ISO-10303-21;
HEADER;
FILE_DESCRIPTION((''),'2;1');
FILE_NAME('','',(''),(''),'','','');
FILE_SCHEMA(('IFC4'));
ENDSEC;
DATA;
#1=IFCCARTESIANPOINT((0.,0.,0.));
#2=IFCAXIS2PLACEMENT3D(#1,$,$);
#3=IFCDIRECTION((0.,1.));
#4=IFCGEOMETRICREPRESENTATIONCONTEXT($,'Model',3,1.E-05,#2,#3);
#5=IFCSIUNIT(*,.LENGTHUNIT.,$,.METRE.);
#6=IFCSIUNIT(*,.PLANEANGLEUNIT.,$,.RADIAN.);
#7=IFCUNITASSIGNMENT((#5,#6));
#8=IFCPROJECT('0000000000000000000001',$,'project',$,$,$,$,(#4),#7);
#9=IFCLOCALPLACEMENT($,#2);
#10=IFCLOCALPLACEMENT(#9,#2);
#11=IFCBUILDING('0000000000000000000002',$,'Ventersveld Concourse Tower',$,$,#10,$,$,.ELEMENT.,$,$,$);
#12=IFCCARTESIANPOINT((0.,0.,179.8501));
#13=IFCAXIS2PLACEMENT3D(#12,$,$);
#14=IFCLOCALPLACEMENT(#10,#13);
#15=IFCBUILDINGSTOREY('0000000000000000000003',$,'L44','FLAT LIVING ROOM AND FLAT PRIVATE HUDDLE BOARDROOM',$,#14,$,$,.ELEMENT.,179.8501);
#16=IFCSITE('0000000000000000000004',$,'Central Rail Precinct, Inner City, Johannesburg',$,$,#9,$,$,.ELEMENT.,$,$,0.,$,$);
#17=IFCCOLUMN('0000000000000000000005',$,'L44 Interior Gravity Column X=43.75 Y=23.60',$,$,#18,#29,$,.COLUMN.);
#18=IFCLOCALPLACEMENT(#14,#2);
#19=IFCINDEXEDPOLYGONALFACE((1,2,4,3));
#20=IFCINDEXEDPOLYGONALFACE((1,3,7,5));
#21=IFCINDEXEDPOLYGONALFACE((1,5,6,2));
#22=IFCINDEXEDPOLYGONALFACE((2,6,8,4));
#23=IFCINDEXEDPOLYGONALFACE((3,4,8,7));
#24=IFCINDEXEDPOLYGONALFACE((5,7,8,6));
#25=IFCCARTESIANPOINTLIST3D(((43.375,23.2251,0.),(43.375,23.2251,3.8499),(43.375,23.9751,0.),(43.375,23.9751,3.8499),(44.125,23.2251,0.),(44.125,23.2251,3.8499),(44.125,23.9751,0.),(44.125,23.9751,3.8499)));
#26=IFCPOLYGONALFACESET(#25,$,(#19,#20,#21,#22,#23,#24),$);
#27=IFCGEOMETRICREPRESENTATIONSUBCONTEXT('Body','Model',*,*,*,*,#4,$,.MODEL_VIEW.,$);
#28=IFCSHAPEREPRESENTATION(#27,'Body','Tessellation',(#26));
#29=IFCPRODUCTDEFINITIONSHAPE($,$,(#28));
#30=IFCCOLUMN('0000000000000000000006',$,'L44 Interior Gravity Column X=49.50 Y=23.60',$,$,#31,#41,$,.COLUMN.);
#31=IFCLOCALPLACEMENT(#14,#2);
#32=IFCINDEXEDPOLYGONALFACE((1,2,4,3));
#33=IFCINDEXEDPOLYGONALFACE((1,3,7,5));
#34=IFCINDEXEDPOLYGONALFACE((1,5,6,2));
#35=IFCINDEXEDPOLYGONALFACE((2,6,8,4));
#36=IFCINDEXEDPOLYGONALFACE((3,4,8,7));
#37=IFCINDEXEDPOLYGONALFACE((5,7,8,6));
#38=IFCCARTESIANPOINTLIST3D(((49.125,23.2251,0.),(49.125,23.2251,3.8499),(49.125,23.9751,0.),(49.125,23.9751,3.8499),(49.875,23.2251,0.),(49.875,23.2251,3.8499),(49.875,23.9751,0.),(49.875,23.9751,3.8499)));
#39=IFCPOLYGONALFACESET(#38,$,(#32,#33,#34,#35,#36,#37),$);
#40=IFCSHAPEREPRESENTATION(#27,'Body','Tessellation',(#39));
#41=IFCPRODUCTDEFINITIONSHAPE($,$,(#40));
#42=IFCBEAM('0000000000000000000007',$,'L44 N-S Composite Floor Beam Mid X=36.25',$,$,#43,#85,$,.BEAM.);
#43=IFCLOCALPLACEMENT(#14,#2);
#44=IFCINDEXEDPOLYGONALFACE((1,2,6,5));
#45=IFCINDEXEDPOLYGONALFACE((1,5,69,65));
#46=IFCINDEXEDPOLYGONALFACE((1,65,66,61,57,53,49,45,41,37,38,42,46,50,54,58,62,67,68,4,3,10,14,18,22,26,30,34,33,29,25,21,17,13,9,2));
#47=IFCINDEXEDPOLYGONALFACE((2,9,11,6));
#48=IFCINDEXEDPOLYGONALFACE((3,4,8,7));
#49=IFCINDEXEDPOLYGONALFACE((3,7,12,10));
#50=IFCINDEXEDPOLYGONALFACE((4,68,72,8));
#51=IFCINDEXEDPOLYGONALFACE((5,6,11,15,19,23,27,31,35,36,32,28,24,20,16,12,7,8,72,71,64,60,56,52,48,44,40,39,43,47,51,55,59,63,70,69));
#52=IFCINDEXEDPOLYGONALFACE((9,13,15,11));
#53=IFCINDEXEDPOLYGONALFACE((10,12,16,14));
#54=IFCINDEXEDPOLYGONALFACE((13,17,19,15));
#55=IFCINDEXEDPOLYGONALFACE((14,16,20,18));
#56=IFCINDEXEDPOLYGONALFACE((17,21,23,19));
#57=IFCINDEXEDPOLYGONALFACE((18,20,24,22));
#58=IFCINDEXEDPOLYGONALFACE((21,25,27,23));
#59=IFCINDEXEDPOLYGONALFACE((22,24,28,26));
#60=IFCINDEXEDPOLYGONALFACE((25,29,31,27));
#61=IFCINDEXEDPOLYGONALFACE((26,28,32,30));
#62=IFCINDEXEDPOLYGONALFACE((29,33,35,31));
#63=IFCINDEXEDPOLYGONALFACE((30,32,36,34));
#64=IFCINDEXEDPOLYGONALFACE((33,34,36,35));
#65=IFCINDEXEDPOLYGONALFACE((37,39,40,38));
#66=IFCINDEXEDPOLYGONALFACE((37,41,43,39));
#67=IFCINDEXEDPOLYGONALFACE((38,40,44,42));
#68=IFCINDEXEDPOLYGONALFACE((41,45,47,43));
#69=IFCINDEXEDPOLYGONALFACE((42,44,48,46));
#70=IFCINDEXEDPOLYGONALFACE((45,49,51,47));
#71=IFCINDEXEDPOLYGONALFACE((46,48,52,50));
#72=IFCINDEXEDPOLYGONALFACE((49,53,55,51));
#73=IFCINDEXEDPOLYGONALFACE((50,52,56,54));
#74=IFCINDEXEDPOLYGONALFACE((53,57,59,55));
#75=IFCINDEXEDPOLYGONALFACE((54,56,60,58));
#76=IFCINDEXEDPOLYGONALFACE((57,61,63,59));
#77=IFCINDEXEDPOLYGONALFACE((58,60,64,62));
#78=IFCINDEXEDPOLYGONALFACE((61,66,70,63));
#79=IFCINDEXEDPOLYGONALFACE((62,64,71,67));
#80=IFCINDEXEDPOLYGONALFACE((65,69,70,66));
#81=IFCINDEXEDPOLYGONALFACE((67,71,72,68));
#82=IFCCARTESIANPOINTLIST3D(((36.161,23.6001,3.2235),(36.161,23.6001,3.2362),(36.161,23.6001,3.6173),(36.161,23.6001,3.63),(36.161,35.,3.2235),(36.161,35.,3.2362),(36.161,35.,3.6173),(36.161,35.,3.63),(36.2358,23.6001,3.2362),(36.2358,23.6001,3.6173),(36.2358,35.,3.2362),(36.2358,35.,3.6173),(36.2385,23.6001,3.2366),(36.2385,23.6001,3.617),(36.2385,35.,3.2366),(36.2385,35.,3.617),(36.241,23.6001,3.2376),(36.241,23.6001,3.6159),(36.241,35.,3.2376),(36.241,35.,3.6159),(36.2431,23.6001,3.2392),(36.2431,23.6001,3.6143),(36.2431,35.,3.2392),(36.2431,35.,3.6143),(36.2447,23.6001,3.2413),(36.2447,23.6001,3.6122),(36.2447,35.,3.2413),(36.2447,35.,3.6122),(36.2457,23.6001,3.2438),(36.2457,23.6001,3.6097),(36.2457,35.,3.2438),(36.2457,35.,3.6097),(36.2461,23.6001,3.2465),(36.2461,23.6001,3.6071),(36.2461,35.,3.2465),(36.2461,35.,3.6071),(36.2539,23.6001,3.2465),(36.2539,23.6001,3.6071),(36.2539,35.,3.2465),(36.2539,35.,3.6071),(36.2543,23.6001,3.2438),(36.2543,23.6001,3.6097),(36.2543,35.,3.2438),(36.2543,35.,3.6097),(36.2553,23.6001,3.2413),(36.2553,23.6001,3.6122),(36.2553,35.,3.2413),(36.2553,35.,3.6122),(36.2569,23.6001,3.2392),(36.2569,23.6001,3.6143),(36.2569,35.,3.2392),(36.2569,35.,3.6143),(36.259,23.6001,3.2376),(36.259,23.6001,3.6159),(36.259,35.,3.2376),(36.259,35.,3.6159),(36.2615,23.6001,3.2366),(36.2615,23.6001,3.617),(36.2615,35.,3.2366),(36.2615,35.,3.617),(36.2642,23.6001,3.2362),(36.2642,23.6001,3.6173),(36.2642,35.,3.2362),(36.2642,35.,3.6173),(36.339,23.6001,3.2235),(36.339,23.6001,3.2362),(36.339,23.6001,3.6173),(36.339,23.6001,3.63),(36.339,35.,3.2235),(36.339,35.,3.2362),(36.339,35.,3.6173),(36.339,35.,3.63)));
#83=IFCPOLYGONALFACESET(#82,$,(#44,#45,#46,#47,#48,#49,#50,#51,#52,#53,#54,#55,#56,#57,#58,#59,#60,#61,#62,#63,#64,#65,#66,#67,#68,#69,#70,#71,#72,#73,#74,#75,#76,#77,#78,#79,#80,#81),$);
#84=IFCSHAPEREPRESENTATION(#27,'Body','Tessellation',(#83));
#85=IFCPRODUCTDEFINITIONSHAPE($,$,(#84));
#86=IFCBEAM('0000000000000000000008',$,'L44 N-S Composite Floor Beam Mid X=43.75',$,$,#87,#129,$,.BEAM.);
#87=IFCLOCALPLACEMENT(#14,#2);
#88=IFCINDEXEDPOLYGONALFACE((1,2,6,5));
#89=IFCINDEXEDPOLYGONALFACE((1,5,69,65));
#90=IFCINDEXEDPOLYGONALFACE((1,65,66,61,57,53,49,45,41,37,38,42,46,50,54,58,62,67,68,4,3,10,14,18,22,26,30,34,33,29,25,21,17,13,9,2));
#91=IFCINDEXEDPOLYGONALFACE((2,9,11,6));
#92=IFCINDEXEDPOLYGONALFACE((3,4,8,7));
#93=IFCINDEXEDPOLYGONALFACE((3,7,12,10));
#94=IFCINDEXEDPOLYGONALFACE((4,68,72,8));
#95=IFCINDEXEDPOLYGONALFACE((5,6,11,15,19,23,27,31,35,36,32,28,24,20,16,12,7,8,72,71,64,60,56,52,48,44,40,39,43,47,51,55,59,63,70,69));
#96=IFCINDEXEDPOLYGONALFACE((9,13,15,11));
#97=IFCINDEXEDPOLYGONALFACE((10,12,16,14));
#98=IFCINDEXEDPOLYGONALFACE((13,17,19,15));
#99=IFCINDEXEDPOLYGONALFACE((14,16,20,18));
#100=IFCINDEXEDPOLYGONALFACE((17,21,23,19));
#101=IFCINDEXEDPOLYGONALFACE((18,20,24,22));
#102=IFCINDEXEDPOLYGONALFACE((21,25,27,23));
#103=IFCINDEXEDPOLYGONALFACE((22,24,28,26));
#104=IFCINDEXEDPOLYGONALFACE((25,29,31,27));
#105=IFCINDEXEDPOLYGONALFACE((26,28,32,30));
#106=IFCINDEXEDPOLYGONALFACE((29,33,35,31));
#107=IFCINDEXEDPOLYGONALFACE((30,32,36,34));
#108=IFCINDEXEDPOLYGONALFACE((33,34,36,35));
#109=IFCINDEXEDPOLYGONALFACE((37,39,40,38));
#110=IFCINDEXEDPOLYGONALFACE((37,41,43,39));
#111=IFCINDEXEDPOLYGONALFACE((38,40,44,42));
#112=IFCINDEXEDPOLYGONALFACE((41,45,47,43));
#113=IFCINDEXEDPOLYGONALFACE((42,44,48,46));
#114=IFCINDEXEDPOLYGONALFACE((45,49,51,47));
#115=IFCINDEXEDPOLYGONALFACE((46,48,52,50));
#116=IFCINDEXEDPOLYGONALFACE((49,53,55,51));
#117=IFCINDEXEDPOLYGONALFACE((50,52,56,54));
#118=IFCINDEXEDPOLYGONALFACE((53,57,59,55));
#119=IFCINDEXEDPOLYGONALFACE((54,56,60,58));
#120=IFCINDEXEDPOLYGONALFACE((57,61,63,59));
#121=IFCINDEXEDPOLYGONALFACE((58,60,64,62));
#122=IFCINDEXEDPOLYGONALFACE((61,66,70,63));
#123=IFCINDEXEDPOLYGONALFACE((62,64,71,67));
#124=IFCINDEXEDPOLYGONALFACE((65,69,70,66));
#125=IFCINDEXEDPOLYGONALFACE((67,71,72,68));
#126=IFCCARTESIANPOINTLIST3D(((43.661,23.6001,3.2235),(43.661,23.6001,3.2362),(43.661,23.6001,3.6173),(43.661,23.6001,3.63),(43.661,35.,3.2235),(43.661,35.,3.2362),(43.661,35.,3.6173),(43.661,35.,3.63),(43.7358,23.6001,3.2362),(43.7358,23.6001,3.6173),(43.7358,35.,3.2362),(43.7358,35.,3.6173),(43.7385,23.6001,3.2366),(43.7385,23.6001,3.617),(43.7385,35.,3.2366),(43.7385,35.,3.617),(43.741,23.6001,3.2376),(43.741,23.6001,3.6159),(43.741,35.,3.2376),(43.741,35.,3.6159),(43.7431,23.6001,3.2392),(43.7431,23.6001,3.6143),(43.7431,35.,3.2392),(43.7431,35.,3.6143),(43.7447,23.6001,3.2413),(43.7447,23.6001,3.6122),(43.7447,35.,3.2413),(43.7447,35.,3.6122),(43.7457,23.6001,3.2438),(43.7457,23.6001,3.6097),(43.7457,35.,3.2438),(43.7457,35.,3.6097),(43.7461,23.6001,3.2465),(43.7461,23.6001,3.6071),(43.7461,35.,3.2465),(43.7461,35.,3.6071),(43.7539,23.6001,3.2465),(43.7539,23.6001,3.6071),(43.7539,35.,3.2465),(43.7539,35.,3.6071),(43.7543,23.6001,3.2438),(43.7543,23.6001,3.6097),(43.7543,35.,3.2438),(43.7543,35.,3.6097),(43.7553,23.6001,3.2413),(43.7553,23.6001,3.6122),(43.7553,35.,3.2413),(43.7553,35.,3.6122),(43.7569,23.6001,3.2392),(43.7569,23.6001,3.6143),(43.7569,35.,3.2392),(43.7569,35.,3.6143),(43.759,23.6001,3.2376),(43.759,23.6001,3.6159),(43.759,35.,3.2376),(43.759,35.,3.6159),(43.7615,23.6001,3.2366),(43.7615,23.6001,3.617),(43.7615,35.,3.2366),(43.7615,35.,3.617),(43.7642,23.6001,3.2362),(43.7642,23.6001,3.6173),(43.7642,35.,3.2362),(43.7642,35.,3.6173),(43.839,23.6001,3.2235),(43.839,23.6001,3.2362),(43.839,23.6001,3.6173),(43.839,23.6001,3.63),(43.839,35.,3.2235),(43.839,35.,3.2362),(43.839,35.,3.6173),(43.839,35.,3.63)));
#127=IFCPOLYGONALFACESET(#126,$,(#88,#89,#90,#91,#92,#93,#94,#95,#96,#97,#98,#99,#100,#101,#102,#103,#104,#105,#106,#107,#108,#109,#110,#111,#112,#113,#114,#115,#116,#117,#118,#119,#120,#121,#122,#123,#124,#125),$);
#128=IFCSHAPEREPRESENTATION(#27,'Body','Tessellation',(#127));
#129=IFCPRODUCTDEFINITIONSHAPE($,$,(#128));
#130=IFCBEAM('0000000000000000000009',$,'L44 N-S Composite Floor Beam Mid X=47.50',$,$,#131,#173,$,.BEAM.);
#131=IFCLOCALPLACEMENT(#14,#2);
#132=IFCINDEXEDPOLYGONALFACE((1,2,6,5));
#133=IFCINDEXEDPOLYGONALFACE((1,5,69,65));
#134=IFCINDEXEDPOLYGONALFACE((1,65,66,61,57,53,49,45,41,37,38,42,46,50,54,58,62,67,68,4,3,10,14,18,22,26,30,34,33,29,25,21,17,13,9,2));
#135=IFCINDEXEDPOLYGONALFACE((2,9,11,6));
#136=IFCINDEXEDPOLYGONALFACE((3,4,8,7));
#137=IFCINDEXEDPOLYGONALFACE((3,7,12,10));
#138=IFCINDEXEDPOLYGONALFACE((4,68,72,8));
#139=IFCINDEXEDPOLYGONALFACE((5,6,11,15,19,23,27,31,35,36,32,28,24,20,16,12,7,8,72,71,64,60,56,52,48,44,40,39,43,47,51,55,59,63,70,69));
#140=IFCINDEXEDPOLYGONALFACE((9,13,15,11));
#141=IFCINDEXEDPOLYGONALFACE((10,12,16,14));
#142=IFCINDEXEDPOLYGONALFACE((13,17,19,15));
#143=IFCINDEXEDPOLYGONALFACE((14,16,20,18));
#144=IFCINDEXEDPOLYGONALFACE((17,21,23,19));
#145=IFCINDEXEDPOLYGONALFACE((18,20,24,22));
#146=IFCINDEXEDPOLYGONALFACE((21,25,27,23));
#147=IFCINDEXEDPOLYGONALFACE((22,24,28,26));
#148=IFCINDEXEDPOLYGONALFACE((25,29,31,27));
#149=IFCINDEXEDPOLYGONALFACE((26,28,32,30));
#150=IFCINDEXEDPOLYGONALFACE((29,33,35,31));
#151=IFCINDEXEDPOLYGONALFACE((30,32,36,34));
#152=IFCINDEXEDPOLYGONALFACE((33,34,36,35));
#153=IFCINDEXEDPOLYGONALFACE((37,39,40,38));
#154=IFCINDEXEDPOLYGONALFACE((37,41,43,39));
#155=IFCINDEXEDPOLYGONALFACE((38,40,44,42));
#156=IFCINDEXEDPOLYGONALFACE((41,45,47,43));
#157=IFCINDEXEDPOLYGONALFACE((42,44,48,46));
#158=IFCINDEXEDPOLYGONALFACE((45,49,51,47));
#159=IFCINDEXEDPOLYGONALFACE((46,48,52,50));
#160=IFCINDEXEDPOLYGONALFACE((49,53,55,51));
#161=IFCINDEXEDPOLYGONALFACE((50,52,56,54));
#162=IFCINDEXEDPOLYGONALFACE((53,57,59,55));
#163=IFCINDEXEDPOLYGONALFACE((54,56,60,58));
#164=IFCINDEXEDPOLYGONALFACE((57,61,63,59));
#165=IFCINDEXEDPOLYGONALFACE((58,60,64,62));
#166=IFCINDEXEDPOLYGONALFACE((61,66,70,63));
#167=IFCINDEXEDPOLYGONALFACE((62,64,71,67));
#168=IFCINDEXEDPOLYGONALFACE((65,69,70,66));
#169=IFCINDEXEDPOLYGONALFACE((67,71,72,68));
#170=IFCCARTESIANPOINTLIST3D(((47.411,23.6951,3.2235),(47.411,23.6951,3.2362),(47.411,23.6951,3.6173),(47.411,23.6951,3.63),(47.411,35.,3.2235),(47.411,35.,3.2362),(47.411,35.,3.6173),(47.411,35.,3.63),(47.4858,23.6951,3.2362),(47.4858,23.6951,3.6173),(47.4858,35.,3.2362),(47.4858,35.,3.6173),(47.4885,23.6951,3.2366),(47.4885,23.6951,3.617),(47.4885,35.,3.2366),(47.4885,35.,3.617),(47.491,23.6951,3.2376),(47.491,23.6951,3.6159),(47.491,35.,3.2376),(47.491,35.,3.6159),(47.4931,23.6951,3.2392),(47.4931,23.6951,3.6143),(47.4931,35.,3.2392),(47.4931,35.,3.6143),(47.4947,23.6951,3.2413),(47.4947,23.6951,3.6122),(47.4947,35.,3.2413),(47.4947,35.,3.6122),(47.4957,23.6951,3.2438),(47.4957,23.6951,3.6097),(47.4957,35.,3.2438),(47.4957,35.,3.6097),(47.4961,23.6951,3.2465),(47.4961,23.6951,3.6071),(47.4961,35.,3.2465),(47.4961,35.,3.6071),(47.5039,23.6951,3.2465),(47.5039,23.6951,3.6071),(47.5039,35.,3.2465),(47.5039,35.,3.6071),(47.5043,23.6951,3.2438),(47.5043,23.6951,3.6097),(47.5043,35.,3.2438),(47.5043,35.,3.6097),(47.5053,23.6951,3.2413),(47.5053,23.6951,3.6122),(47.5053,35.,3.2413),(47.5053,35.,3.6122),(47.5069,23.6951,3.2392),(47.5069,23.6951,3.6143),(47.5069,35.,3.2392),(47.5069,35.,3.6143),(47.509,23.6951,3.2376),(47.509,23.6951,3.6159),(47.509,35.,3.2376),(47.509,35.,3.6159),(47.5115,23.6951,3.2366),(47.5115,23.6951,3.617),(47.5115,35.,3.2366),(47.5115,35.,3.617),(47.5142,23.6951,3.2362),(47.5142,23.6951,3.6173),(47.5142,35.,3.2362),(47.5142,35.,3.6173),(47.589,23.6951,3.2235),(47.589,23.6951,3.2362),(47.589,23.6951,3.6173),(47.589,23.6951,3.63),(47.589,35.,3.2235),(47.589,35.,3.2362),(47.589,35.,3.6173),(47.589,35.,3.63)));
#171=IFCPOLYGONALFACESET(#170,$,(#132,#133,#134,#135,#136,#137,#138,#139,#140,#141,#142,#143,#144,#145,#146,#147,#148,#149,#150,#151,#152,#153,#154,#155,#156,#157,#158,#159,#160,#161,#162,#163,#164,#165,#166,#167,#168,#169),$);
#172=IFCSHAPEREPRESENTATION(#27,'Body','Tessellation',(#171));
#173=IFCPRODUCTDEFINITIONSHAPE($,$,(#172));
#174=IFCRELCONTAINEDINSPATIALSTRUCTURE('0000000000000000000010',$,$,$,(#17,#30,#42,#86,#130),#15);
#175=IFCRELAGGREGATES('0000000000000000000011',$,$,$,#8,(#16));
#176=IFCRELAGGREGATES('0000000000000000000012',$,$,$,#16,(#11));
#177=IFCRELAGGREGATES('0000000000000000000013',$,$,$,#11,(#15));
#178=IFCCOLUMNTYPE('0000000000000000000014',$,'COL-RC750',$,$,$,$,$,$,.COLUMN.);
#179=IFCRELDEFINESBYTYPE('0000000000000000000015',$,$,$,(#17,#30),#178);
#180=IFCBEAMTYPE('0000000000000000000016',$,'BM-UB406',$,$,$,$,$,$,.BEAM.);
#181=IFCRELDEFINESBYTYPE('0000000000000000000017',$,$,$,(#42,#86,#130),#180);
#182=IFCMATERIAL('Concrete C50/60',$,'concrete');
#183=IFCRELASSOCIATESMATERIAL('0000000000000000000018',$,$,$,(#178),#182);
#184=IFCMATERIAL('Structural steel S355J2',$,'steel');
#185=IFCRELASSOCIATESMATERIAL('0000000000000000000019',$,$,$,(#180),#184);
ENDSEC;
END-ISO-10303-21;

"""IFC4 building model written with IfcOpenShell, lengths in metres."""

from ifc_helpers import new_model, si_unit, direction, frame, origin, origin_2d, place, context, subcontext, project, spatial, rectangle, i_section, extrude, material, material_profile, profile_set, type_object, element, save


model = new_model("IFC4")

# Units and contexts
model_context = context("Model", 3, precision=1e-05, world=origin(), true_north=direction((0.0, 1.0)))
body_context = subcontext(model_context, "Body", "Model", "MODEL_VIEW")
ifc_project = project(units=[si_unit("LENGTHUNIT", "METRE"), si_unit("PLANEANGLEUNIT", "RADIAN")], contexts=[model_context])

# Site, building, storey
site_placement = place(None, origin())
site = spatial("IfcSite", under=ifc_project, at=site_placement, Name="Central Rail Precinct, Inner City, Johannesburg", CompositionType="ELEMENT", RefElevation=0.0)
building_placement = place(site_placement, origin())
building = spatial("IfcBuilding", under=site, at=building_placement, Name="Ventersveld Concourse Tower", CompositionType="ELEMENT")
storey_placement = place(building_placement, frame((0.0, 0.0, 179.8501)))
storey = spatial("IfcBuildingStorey", under=building, at=storey_placement, Name="L44", Description="FLAT LIVING ROOM AND FLAT PRIVATE HUDDLE BOARDROOM", CompositionType="ELEMENT", Elevation=179.8501)

# Columns
ifc_material_1 = material(Name="Concrete C50/60", Category="concrete")
ifc_material_profile_1 = material_profile(ifc_material_1, rectangle(XDim=0.75, YDim=0.75, at=origin_2d()), Name="RC 750x750")
ifc_profile_set_1 = profile_set([ifc_material_profile_1], Name="Concrete C50/60")
column_type = type_object("IfcColumnType", Name="COL-RC750", PredefinedType="COLUMN", material=ifc_profile_set_1)
for number, where, z_axis, x_axis, name in (
    (1, (43.75, 23.6001, 0.0), (0.0, 0.0, 1.0), (1.0, 0.0, 0.0), "L44 Interior Gravity Column X=43.75 Y=23.60"),
    (2, (49.5, 23.6001, 0.0), (0.0, 0.0, 1.0), (1.0, 0.0, 0.0), "L44 Interior Gravity Column X=49.50 Y=23.60"),
):
    element("IfcColumn", number, at=place(storey_placement, frame(where, z_axis=z_axis, x_axis=x_axis)), inside=storey, type_object=column_type, Name=name, PredefinedType="COLUMN", context=body_context, shape_type="SweptSolid", body=[
        extrude(rectangle(XDim=0.75, YDim=0.75, at=origin_2d()), origin(), (0.0, 0.0, 1.0), 3.8499),
    ])

# Beams
ifc_material_2 = material(Name="Structural steel S355J2", Category="steel")
ifc_material_profile_2 = material_profile(ifc_material_2, i_section(OverallWidth=0.178, OverallDepth=0.4065, WebThickness=0.0078, FlangeThickness=0.0127, FilletRadius=0.0103, at=origin_2d()), Name="UB 406x178x60")
ifc_profile_set_2 = profile_set([ifc_material_profile_2], Name="Structural steel S355J2")
beam_type_1 = type_object("IfcBeamType", Name="BM-UB406", PredefinedType="BEAM", material=ifc_profile_set_2)
for number, where, z_axis, x_axis, name in (
    (3, (36.25, 23.6001, 3.4268), (0.0, 1.0, 0.0), (-1.0, 0.0, 0.0), "L44 N-S Composite Floor Beam Mid X=36.25"),
    (4, (43.75, 23.6001, 3.4268), (0.0, 1.0, 0.0), (-1.0, 0.0, 0.0), "L44 N-S Composite Floor Beam Mid X=43.75"),
):
    element("IfcBeam", number, at=place(storey_placement, frame(where, z_axis=z_axis, x_axis=x_axis)), inside=storey, type_object=beam_type_1, Name=name, PredefinedType="BEAM", context=body_context, shape_type="SweptSolid", body=[
        extrude(i_section(OverallWidth=0.178, OverallDepth=0.4065, WebThickness=0.0078, FlangeThickness=0.0127, FilletRadius=0.0103, at=origin_2d()), origin(), (0.0, 0.0, 1.0), 11.3999),
    ])
beam_1_placement = place(storey_placement, frame((47.5, 23.6951, 3.4268), z_axis=(0.0, 1.0, 0.0), x_axis=(-1.0, 0.0, 0.0)))
element("IfcBeam", 5, at=beam_1_placement, inside=storey, type_object=beam_type_1, Name="L44 N-S Composite Floor Beam Mid X=47.50", PredefinedType="BEAM", context=body_context, shape_type="SweptSolid", body=[
    extrude(i_section(OverallWidth=0.178, OverallDepth=0.4065, WebThickness=0.0078, FlangeThickness=0.0127, FilletRadius=0.0103, at=origin_2d()), origin(), (0.0, 0.0, 1.0), 11.3049),
])

save(model, "model.ifc")
